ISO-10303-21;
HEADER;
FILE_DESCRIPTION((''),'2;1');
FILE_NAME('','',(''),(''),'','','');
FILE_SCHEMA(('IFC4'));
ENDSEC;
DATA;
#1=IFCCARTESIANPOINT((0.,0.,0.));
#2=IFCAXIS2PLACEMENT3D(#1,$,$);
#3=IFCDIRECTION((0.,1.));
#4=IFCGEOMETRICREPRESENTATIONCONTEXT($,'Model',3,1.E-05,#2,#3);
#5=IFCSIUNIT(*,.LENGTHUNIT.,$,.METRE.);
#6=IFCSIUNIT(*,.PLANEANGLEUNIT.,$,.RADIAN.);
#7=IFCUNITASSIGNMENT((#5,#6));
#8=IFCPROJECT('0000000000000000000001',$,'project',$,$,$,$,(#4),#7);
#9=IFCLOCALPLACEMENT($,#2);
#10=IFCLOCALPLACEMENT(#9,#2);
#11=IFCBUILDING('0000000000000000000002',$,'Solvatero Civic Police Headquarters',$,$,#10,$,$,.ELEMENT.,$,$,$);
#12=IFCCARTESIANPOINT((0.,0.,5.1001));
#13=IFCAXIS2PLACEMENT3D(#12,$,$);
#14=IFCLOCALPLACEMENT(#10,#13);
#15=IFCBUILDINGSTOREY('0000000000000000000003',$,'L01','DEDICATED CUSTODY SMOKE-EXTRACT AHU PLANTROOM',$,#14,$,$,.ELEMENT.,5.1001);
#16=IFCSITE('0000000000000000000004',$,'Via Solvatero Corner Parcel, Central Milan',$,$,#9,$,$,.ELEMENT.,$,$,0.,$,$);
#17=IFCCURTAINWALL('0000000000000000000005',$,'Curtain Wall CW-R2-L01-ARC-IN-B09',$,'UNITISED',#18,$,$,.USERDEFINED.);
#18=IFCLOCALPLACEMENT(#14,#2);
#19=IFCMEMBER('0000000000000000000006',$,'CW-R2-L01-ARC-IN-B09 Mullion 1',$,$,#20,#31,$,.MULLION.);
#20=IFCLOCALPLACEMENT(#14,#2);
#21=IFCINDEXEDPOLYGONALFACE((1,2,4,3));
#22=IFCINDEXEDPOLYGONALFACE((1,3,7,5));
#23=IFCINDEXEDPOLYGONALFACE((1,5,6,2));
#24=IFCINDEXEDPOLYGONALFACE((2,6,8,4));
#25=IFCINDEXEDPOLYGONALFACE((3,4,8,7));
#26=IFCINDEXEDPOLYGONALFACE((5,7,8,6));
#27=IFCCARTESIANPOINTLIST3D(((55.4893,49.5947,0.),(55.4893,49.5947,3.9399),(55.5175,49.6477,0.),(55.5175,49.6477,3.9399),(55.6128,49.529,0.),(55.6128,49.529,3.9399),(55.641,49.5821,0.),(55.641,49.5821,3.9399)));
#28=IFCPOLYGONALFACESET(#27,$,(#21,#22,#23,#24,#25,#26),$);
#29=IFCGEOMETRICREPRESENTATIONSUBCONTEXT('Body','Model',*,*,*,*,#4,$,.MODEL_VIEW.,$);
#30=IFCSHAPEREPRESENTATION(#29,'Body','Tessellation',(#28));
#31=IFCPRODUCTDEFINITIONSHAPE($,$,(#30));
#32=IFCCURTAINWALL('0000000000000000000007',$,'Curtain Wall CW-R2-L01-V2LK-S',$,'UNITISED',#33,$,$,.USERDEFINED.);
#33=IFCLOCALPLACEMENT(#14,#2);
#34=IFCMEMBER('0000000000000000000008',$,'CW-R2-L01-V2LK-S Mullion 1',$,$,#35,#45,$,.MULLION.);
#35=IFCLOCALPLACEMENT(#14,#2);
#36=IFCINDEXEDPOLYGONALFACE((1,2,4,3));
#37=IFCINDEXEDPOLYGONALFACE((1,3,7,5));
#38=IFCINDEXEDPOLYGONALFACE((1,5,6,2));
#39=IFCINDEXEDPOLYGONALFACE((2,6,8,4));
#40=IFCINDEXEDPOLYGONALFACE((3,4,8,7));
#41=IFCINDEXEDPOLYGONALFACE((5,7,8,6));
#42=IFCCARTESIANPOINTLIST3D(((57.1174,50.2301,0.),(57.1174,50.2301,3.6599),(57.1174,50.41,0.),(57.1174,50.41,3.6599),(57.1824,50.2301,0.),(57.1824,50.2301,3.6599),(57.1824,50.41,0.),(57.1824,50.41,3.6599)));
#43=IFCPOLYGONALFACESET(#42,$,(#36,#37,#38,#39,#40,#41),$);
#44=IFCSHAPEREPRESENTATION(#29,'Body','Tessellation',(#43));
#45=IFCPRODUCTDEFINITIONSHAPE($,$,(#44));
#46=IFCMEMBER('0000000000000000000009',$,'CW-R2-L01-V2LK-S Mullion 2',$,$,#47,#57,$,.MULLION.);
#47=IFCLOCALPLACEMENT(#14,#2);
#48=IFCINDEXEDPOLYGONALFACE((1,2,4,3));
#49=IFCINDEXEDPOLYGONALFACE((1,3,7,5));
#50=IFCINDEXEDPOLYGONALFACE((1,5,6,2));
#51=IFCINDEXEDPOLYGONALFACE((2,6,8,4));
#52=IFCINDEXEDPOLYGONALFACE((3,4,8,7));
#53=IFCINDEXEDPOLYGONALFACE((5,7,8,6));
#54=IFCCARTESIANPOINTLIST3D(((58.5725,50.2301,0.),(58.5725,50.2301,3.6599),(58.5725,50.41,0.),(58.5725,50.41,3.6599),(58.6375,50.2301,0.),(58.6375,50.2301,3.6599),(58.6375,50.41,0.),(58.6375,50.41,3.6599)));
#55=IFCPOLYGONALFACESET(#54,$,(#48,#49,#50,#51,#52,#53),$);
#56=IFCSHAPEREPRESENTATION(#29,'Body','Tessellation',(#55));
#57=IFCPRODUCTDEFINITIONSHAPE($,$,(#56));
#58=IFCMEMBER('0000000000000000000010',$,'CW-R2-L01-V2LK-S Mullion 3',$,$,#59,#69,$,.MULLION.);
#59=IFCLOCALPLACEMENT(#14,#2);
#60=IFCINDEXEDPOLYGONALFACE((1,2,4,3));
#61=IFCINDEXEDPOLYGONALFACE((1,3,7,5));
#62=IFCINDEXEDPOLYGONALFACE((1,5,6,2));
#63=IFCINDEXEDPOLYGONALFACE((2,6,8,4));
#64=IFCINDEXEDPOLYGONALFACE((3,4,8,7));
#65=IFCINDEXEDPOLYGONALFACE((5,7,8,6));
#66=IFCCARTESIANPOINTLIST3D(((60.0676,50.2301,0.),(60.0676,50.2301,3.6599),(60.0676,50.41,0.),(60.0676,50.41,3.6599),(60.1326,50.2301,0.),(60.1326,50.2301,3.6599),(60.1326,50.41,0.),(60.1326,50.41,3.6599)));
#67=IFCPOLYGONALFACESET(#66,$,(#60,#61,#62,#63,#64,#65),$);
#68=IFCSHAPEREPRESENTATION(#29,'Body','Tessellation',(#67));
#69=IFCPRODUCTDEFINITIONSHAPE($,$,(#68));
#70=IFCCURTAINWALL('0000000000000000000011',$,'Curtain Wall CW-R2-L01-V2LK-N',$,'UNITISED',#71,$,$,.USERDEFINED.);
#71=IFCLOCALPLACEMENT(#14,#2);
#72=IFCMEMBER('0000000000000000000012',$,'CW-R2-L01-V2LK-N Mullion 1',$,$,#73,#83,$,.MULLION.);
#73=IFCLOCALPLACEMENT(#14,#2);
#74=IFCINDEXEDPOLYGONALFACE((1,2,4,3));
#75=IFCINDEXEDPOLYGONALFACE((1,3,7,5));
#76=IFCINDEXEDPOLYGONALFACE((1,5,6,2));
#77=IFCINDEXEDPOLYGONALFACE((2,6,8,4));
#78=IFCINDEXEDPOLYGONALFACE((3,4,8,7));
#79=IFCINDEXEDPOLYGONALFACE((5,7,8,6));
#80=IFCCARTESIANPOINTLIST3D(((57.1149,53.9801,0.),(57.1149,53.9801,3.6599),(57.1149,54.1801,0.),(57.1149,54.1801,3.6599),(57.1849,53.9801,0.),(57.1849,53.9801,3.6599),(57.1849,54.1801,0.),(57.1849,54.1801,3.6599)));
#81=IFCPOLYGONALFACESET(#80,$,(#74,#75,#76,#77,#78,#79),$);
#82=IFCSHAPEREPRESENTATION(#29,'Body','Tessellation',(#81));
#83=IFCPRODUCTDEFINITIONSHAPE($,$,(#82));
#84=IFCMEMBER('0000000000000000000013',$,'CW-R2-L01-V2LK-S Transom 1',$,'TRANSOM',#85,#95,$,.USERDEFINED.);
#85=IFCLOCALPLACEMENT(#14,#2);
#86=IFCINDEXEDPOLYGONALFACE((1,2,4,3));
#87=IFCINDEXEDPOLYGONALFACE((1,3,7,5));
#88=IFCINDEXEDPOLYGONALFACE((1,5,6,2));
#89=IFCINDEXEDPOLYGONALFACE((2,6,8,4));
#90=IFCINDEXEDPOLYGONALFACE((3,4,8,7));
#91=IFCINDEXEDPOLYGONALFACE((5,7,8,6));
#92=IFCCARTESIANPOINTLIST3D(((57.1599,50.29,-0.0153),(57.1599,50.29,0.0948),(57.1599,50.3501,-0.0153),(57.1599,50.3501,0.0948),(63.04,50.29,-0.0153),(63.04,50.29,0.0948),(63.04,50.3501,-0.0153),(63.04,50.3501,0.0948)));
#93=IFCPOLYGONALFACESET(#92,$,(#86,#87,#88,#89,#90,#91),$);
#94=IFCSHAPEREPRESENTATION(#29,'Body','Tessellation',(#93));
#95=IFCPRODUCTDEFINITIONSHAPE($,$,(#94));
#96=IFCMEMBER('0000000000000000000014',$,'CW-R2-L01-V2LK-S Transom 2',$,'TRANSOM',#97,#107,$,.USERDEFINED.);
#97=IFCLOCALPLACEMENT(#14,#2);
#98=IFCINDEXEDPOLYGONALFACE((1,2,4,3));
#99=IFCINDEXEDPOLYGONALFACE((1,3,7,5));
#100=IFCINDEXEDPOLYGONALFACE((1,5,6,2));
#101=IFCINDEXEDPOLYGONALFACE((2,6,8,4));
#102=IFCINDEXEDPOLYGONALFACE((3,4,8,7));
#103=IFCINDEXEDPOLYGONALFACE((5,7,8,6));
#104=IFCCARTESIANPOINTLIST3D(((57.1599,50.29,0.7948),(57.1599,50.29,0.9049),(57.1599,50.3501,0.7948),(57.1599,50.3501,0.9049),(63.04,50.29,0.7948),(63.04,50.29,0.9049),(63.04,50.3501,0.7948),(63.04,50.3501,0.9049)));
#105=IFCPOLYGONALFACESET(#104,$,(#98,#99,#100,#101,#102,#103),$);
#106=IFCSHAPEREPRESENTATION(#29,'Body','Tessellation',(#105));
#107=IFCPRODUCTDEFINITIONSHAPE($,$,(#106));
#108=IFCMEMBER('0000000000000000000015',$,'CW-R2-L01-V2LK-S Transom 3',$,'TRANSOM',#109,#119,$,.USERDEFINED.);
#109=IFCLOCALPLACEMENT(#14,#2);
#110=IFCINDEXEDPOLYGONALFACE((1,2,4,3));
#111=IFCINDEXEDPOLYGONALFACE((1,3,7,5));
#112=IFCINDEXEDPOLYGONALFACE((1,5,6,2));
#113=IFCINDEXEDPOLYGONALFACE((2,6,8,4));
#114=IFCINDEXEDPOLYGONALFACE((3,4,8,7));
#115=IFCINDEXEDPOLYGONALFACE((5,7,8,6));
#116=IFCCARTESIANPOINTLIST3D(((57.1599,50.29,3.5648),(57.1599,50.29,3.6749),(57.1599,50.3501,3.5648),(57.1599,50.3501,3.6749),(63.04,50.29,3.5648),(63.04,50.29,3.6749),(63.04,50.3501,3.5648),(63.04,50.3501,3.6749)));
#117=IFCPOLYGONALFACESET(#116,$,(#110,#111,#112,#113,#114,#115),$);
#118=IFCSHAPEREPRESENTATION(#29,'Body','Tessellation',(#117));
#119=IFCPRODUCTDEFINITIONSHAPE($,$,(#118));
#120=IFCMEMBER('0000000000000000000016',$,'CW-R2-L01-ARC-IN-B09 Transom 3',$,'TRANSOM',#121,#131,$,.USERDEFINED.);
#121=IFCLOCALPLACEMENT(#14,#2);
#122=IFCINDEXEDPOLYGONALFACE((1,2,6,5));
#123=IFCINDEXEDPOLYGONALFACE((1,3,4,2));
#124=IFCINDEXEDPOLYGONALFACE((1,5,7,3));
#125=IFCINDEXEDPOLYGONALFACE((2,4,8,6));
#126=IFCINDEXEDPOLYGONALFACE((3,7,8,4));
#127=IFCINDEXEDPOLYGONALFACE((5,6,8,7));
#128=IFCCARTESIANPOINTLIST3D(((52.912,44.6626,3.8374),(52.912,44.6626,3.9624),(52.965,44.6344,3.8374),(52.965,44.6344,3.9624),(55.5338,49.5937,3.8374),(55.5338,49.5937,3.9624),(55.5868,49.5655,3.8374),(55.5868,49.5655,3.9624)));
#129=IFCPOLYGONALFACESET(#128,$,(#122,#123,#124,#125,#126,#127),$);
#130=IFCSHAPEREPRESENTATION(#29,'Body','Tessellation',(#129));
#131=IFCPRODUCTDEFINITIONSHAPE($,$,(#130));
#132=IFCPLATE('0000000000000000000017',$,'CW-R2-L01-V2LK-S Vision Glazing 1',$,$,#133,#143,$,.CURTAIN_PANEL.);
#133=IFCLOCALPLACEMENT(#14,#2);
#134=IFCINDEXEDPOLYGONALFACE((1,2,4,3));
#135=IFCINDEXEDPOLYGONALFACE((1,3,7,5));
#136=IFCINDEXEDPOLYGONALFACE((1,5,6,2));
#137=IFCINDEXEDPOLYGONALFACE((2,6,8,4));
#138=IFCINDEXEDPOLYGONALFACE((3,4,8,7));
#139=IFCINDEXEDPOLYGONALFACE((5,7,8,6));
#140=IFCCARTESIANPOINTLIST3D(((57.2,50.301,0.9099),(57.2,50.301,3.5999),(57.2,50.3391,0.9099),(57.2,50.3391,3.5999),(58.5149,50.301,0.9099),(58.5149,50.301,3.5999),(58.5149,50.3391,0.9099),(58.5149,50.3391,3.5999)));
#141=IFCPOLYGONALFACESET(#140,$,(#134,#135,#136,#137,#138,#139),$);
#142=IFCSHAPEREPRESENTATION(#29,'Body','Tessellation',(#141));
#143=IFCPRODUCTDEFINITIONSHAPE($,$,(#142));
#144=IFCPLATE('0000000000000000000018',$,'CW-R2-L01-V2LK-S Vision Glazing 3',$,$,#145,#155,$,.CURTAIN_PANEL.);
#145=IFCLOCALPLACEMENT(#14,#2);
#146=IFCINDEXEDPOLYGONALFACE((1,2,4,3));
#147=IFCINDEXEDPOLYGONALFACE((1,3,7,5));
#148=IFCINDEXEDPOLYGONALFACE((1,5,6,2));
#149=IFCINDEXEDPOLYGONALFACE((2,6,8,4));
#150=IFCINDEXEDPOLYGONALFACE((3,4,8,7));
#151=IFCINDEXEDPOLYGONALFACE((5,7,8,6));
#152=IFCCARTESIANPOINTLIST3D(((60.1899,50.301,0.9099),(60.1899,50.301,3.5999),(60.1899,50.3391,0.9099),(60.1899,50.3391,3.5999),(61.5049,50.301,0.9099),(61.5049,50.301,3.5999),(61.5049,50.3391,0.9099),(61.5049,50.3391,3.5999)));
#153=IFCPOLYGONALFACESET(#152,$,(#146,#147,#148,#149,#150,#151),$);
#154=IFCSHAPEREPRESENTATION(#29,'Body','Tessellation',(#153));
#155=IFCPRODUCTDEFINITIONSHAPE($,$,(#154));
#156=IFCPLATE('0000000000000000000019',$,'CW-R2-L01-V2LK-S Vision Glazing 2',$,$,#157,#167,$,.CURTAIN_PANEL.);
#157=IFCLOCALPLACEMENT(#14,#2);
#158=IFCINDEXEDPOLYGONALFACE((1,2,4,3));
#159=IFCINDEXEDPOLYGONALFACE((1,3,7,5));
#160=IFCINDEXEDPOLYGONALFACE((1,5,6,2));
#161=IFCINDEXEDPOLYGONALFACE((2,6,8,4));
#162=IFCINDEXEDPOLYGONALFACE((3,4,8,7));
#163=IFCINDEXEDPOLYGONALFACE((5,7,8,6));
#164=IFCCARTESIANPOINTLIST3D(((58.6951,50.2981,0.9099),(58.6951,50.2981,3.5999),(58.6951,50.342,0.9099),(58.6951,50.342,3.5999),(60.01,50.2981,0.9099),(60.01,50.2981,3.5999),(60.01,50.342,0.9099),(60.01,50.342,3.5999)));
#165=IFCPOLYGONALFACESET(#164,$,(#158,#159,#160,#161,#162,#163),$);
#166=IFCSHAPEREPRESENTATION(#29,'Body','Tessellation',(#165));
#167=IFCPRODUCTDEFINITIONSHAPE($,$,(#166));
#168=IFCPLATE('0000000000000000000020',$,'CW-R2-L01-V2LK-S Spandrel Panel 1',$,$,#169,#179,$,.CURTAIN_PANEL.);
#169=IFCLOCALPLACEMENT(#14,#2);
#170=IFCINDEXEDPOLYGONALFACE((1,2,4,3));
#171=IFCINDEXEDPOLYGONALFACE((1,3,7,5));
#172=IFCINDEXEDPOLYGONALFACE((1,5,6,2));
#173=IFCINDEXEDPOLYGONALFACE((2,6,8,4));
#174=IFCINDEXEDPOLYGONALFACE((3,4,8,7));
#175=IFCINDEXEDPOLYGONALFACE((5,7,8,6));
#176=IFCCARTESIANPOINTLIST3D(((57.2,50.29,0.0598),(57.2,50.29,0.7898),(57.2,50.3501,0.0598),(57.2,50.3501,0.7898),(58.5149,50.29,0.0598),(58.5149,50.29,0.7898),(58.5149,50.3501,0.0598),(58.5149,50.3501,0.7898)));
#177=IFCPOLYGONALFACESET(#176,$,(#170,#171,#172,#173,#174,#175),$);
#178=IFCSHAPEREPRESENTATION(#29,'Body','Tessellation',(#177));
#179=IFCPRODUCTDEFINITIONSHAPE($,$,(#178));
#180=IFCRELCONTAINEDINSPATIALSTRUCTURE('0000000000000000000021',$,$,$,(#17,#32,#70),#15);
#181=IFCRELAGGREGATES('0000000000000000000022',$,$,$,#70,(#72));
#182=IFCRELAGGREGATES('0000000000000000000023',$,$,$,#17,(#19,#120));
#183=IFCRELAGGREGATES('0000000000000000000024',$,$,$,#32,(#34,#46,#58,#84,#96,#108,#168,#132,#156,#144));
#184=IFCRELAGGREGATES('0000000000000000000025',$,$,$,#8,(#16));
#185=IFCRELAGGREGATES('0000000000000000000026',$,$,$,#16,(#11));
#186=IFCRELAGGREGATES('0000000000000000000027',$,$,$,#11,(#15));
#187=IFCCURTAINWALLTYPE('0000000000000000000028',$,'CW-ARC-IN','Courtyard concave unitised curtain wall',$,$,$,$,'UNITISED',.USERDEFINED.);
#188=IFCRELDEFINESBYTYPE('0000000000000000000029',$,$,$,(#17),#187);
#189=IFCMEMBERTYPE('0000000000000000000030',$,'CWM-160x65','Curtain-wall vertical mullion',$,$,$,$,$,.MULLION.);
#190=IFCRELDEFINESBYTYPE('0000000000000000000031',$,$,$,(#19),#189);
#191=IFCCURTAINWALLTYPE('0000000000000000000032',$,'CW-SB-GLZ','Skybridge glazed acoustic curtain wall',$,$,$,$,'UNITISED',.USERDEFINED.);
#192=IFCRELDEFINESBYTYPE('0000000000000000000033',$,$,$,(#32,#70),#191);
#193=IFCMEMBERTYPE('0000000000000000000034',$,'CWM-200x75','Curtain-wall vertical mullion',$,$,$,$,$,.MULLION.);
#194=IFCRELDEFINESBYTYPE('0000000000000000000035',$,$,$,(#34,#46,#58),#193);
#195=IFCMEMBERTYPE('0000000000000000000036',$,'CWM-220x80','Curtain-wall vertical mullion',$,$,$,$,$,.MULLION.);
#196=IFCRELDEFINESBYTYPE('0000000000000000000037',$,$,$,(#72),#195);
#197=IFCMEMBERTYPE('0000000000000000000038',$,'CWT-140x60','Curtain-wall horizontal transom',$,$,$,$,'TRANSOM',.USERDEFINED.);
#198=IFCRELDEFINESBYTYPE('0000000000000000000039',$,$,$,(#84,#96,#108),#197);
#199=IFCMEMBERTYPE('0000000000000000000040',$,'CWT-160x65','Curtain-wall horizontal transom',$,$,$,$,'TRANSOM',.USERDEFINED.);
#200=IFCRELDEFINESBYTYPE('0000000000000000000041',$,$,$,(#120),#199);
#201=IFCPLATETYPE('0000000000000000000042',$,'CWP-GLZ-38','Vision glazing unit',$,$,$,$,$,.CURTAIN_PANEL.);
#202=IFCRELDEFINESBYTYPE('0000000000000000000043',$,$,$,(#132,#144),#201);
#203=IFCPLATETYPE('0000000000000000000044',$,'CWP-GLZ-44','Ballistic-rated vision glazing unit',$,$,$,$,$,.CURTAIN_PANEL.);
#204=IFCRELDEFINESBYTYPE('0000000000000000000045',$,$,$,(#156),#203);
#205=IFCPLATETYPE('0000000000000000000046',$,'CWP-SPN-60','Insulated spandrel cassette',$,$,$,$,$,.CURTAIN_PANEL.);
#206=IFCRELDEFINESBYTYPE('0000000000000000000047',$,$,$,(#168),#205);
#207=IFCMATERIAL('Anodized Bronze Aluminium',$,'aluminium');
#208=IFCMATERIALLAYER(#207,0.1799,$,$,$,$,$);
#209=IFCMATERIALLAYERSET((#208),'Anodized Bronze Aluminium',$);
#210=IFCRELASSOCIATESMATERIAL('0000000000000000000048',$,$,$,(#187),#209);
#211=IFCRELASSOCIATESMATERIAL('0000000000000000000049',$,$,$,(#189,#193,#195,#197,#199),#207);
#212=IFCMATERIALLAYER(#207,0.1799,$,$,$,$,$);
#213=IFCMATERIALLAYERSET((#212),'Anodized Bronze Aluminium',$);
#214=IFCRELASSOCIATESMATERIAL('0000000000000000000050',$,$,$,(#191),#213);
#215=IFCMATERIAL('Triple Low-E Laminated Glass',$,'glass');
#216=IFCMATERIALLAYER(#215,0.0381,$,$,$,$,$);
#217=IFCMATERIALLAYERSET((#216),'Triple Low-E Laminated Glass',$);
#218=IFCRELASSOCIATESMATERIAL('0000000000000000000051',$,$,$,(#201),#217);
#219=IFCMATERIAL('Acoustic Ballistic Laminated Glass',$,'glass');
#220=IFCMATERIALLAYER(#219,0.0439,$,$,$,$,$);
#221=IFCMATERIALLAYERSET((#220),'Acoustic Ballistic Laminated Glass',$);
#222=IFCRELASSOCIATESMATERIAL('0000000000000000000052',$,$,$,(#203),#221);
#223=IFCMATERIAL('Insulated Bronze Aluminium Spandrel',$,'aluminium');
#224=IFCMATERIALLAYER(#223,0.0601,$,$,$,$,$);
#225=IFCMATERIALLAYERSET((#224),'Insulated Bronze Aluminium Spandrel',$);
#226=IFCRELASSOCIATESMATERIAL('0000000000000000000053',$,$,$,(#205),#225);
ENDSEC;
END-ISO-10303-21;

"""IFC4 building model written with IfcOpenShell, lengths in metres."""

from ifc_helpers import new_model, si_unit, direction, frame, origin, origin_2d, place, context, subcontext, project, spatial, rectangle, extrude, material, layer, layer_set, material_profile, profile_set, type_object, element, aggregate, save


model = new_model("IFC4")

# Units and contexts
model_context = context("Model", 3, precision=1e-05, world=origin(), true_north=direction((0.0, 1.0)))
body_context = subcontext(model_context, "Body", "Model", "MODEL_VIEW")
ifc_project = project(units=[si_unit("LENGTHUNIT", "METRE"), si_unit("PLANEANGLEUNIT", "RADIAN")], contexts=[model_context])

# Site, building, storey
site_placement = place(None, origin())
site = spatial("IfcSite", under=ifc_project, at=site_placement, Name="Via Solvatero Corner Parcel, Central Milan", CompositionType="ELEMENT", RefElevation=0.0)
building_placement = place(site_placement, origin())
building = spatial("IfcBuilding", under=site, at=building_placement, Name="Solvatero Civic Police Headquarters", CompositionType="ELEMENT")
storey_placement = place(building_placement, frame((0.0, 0.0, 5.1001)))
storey = spatial("IfcBuildingStorey", under=building, at=storey_placement, Name="L01", Description="DEDICATED CUSTODY SMOKE-EXTRACT AHU PLANTROOM", CompositionType="ELEMENT", Elevation=5.1001)

# Curtain wall, member
ifc_material_1 = material(Name="Anodized Bronze Aluminium", Category="aluminium")
ifc_layer_1 = layer(ifc_material_1, 0.1799)
ifc_layer_set_1 = layer_set([ifc_layer_1], Name="Anodized Bronze Aluminium")
curtain_wall_type_1 = type_object("IfcCurtainWallType", Name="CW-ARC-IN", Description="Courtyard concave unitised curtain wall", ElementType="UNITISED", PredefinedType="USERDEFINED", material=ifc_layer_set_1)
curtain_wall_1_placement = place(storey_placement, origin())
curtain_wall_1 = element("IfcCurtainWall", 1, at=curtain_wall_1_placement, inside=storey, type_object=curtain_wall_type_1, Name="Curtain Wall CW-R2-L01-ARC-IN-B09", ObjectType="UNITISED", PredefinedType="USERDEFINED")
ifc_material_profile_1 = material_profile(ifc_material_1, rectangle(XDim=0.0601, YDim=0.1399, at=origin_2d()), Name="ALU MULLION 60x140")
ifc_profile_set_1 = profile_set([ifc_material_profile_1], Name="Anodized Bronze Aluminium")
member_type_1 = type_object("IfcMemberType", Name="CWM-160x65", Description="Curtain-wall vertical mullion", PredefinedType="MULLION", material=ifc_profile_set_1)
member_1_placement = place(storey_placement, frame((55.5652, 49.5884, 0.0), z_axis=(0.0, 0.0, 1.0), x_axis=(-0.469472, -0.882948, 0.0)))
member_1 = element("IfcMember", 2, at=member_1_placement, type_object=member_type_1, Name="CW-R2-L01-ARC-IN-B09 Mullion 1", PredefinedType="MULLION", context=body_context, shape_type="SweptSolid", body=[
    extrude(rectangle(XDim=0.0601, YDim=0.1399, at=origin_2d()), origin(), (0.0, 0.0, 1.0), 3.9399),
])

# Curtain wall, members
ifc_layer_2 = layer(ifc_material_1, 0.1799)
ifc_layer_set_2 = layer_set([ifc_layer_2], Name="Anodized Bronze Aluminium")
curtain_wall_type_2 = type_object("IfcCurtainWallType", Name="CW-SB-GLZ", Description="Skybridge glazed acoustic curtain wall", ElementType="UNITISED", PredefinedType="USERDEFINED", material=ifc_layer_set_2)
curtain_wall_2_placement = place(storey_placement, origin())
curtain_wall_2 = element("IfcCurtainWall", 3, at=curtain_wall_2_placement, inside=storey, type_object=curtain_wall_type_2, Name="Curtain Wall CW-R2-L01-V2LK-S", ObjectType="UNITISED", PredefinedType="USERDEFINED")
ifc_material_profile_2 = material_profile(ifc_material_1, rectangle(XDim=0.0649, YDim=0.1799, at=origin_2d()), Name="ALU MULLION 65x180")
ifc_profile_set_2 = profile_set([ifc_material_profile_2], Name="Anodized Bronze Aluminium")
member_type_2 = type_object("IfcMemberType", Name="CWM-200x75", Description="Curtain-wall vertical mullion", PredefinedType="MULLION", material=ifc_profile_set_2)
member_2_placement = place(storey_placement, frame((57.1499, 50.3201, 0.0), z_axis=(0.0, 0.0, 1.0), x_axis=(1.0, 0.0, 0.0)))
member_2 = element("IfcMember", 4, at=member_2_placement, type_object=member_type_2, Name="CW-R2-L01-V2LK-S Mullion 1", PredefinedType="MULLION", context=body_context, shape_type="SweptSolid", body=[
    extrude(rectangle(XDim=0.0649, YDim=0.1799, at=origin_2d()), origin(), (0.0, 0.0, 1.0), 3.6599),
])
member_3_placement = place(storey_placement, frame((58.605, 50.3201, 0.0), z_axis=(0.0, 0.0, 1.0), x_axis=(1.0, 0.0, 0.0)))
member_3 = element("IfcMember", 5, at=member_3_placement, type_object=member_type_2, Name="CW-R2-L01-V2LK-S Mullion 2", PredefinedType="MULLION", context=body_context, shape_type="SweptSolid", body=[
    extrude(rectangle(XDim=0.0649, YDim=0.1799, at=origin_2d()), origin(), (0.0, 0.0, 1.0), 3.6599),
])
member_4_placement = place(storey_placement, frame((60.1001, 50.3201, 0.0), z_axis=(0.0, 0.0, 1.0), x_axis=(1.0, 0.0, 0.0)))
member_4 = element("IfcMember", 6, at=member_4_placement, type_object=member_type_2, Name="CW-R2-L01-V2LK-S Mullion 3", PredefinedType="MULLION", context=body_context, shape_type="SweptSolid", body=[
    extrude(rectangle(XDim=0.0649, YDim=0.1799, at=origin_2d()), origin(), (0.0, 0.0, 1.0), 3.6599),
])

# Curtain wall, member
curtain_wall_3_placement = place(storey_placement, origin())
curtain_wall_3 = element("IfcCurtainWall", 7, at=curtain_wall_3_placement, inside=storey, type_object=curtain_wall_type_2, Name="Curtain Wall CW-R2-L01-V2LK-N", ObjectType="UNITISED", PredefinedType="USERDEFINED")
ifc_material_profile_3 = material_profile(ifc_material_1, rectangle(XDim=0.0701, YDim=0.2, at=origin_2d()), Name="ALU MULLION 70x200")
ifc_profile_set_3 = profile_set([ifc_material_profile_3], Name="Anodized Bronze Aluminium")
member_type_3 = type_object("IfcMemberType", Name="CWM-220x80", Description="Curtain-wall vertical mullion", PredefinedType="MULLION", material=ifc_profile_set_3)
member_5_placement = place(storey_placement, frame((57.1499, 54.0801, 0.0), z_axis=(0.0, 0.0, 1.0), x_axis=(1.0, 0.0, 0.0)))
member_5 = element("IfcMember", 8, at=member_5_placement, type_object=member_type_3, Name="CW-R2-L01-V2LK-N Mullion 1", PredefinedType="MULLION", context=body_context, shape_type="SweptSolid", body=[
    extrude(rectangle(XDim=0.0701, YDim=0.2, at=origin_2d()), origin(), (0.0, 0.0, 1.0), 3.6599),
])
aggregate(curtain_wall_3, [member_5])

# Members
ifc_material_profile_4 = material_profile(ifc_material_1, rectangle(XDim=0.0601, YDim=0.1101, at=origin_2d()), Name="ALU TRANSOM 60x110")
ifc_profile_set_4 = profile_set([ifc_material_profile_4], Name="Anodized Bronze Aluminium")
member_type_4 = type_object("IfcMemberType", Name="CWT-140x60", Description="Curtain-wall horizontal transom", ElementType="TRANSOM", PredefinedType="USERDEFINED", material=ifc_profile_set_4)
member_6_placement = place(storey_placement, frame((57.1599, 50.3201, 0.0398), z_axis=(1.0, 0.0, 0.0), x_axis=(0.0, 1.0, 0.0)))
member_6 = element("IfcMember", 9, at=member_6_placement, type_object=member_type_4, Name="CW-R2-L01-V2LK-S Transom 1", ObjectType="TRANSOM", PredefinedType="USERDEFINED", context=body_context, shape_type="SweptSolid", body=[
    extrude(rectangle(XDim=0.0601, YDim=0.1101, at=origin_2d()), origin(), (0.0, 0.0, 1.0), 5.8801),
])
member_7_placement = place(storey_placement, frame((57.1599, 50.3201, 0.8499), z_axis=(1.0, 0.0, 0.0), x_axis=(0.0, 1.0, 0.0)))
member_7 = element("IfcMember", 10, at=member_7_placement, type_object=member_type_4, Name="CW-R2-L01-V2LK-S Transom 2", ObjectType="TRANSOM", PredefinedType="USERDEFINED", context=body_context, shape_type="SweptSolid", body=[
    extrude(rectangle(XDim=0.0601, YDim=0.1101, at=origin_2d()), origin(), (0.0, 0.0, 1.0), 5.8801),
])
member_8_placement = place(storey_placement, frame((57.1599, 50.3201, 3.6199), z_axis=(1.0, 0.0, 0.0), x_axis=(0.0, 1.0, 0.0)))
member_8 = element("IfcMember", 11, at=member_8_placement, type_object=member_type_4, Name="CW-R2-L01-V2LK-S Transom 3", ObjectType="TRANSOM", PredefinedType="USERDEFINED", context=body_context, shape_type="SweptSolid", body=[
    extrude(rectangle(XDim=0.0601, YDim=0.1101, at=origin_2d()), origin(), (0.0, 0.0, 1.0), 5.8801),
])
ifc_material_profile_5 = material_profile(ifc_material_1, rectangle(XDim=0.0601, YDim=0.125, at=origin_2d()), Name="ALU TRANSOM 60x125")
ifc_profile_set_5 = profile_set([ifc_material_profile_5], Name="Anodized Bronze Aluminium")
member_type_5 = type_object("IfcMemberType", Name="CWT-160x65", Description="Curtain-wall horizontal transom", ElementType="TRANSOM", PredefinedType="USERDEFINED", material=ifc_profile_set_5)
member_9_placement = place(storey_placement, frame((55.5603, 49.5796, 3.8999), z_axis=(-0.469456, -0.882956, 0.0), x_axis=(0.882956, -0.469456, 0.0)))
member_9 = element("IfcMember", 12, at=member_9_placement, type_object=member_type_5, Name="CW-R2-L01-ARC-IN-B09 Transom 3", ObjectType="TRANSOM", PredefinedType="USERDEFINED", context=body_context, shape_type="SweptSolid", body=[
    extrude(rectangle(XDim=0.0601, YDim=0.125, at=origin_2d()), origin(), (0.0, 0.0, 1.0), 5.5847),
])
aggregate(curtain_wall_1, [member_1, member_9])

# Plates
ifc_material_2 = material(Name="Triple Low-E Laminated Glass", Category="glass")
ifc_layer_3 = layer(ifc_material_2, 0.0381)
ifc_layer_set_3 = layer_set([ifc_layer_3], Name="Triple Low-E Laminated Glass")
plate_type_1 = type_object("IfcPlateType", Name="CWP-GLZ-38", Description="Vision glazing unit", PredefinedType="CURTAIN_PANEL", material=ifc_layer_set_3)
plate_1_placement = place(storey_placement, frame((57.8574, 50.3201, 0.9099), z_axis=(0.0, 0.0, 1.0), x_axis=(1.0, 0.0, 0.0)))
plate_1 = element("IfcPlate", 13, at=plate_1_placement, type_object=plate_type_1, Name="CW-R2-L01-V2LK-S Vision Glazing 1", PredefinedType="CURTAIN_PANEL", context=body_context, shape_type="SweptSolid", body=[
    extrude(rectangle(XDim=1.3149, YDim=0.0381, at=origin_2d()), origin(), (0.0, 0.0, 1.0), 2.6899),
])
plate_2_placement = place(storey_placement, frame((60.8474, 50.3201, 0.9099), z_axis=(0.0, 0.0, 1.0), x_axis=(1.0, 0.0, 0.0)))
plate_2 = element("IfcPlate", 14, at=plate_2_placement, type_object=plate_type_1, Name="CW-R2-L01-V2LK-S Vision Glazing 3", PredefinedType="CURTAIN_PANEL", context=body_context, shape_type="SweptSolid", body=[
    extrude(rectangle(XDim=1.3149, YDim=0.0381, at=origin_2d()), origin(), (0.0, 0.0, 1.0), 2.6899),
])
ifc_material_3 = material(Name="Acoustic Ballistic Laminated Glass", Category="glass")
ifc_layer_4 = layer(ifc_material_3, 0.0439)
ifc_layer_set_4 = layer_set([ifc_layer_4], Name="Acoustic Ballistic Laminated Glass")
plate_type_2 = type_object("IfcPlateType", Name="CWP-GLZ-44", Description="Ballistic-rated vision glazing unit", PredefinedType="CURTAIN_PANEL", material=ifc_layer_set_4)
plate_3_placement = place(storey_placement, frame((59.3525, 50.3201, 0.9099), z_axis=(0.0, 0.0, 1.0), x_axis=(1.0, 0.0, 0.0)))
plate_3 = element("IfcPlate", 15, at=plate_3_placement, type_object=plate_type_2, Name="CW-R2-L01-V2LK-S Vision Glazing 2", PredefinedType="CURTAIN_PANEL", context=body_context, shape_type="SweptSolid", body=[
    extrude(rectangle(XDim=1.3149, YDim=0.0439, at=origin_2d()), origin(), (0.0, 0.0, 1.0), 2.6899),
])
ifc_material_4 = material(Name="Insulated Bronze Aluminium Spandrel", Category="aluminium")
ifc_layer_5 = layer(ifc_material_4, 0.0601)
ifc_layer_set_5 = layer_set([ifc_layer_5], Name="Insulated Bronze Aluminium Spandrel")
plate_type_3 = type_object("IfcPlateType", Name="CWP-SPN-60", Description="Insulated spandrel cassette", PredefinedType="CURTAIN_PANEL", material=ifc_layer_set_5)
plate_4_placement = place(storey_placement, frame((57.8574, 50.3201, 0.0598), z_axis=(0.0, 0.0, 1.0), x_axis=(1.0, 0.0, 0.0)))
plate_4 = element("IfcPlate", 16, at=plate_4_placement, type_object=plate_type_3, Name="CW-R2-L01-V2LK-S Spandrel Panel 1", PredefinedType="CURTAIN_PANEL", context=body_context, shape_type="SweptSolid", body=[
    extrude(rectangle(XDim=1.3149, YDim=0.0601, at=origin_2d()), origin(), (0.0, 0.0, 1.0), 0.73),
])
aggregate(curtain_wall_2, [member_2, member_3, member_4, member_6, member_7, member_8, plate_4, plate_1, plate_3, plate_2])

save(model, "model.ifc")
